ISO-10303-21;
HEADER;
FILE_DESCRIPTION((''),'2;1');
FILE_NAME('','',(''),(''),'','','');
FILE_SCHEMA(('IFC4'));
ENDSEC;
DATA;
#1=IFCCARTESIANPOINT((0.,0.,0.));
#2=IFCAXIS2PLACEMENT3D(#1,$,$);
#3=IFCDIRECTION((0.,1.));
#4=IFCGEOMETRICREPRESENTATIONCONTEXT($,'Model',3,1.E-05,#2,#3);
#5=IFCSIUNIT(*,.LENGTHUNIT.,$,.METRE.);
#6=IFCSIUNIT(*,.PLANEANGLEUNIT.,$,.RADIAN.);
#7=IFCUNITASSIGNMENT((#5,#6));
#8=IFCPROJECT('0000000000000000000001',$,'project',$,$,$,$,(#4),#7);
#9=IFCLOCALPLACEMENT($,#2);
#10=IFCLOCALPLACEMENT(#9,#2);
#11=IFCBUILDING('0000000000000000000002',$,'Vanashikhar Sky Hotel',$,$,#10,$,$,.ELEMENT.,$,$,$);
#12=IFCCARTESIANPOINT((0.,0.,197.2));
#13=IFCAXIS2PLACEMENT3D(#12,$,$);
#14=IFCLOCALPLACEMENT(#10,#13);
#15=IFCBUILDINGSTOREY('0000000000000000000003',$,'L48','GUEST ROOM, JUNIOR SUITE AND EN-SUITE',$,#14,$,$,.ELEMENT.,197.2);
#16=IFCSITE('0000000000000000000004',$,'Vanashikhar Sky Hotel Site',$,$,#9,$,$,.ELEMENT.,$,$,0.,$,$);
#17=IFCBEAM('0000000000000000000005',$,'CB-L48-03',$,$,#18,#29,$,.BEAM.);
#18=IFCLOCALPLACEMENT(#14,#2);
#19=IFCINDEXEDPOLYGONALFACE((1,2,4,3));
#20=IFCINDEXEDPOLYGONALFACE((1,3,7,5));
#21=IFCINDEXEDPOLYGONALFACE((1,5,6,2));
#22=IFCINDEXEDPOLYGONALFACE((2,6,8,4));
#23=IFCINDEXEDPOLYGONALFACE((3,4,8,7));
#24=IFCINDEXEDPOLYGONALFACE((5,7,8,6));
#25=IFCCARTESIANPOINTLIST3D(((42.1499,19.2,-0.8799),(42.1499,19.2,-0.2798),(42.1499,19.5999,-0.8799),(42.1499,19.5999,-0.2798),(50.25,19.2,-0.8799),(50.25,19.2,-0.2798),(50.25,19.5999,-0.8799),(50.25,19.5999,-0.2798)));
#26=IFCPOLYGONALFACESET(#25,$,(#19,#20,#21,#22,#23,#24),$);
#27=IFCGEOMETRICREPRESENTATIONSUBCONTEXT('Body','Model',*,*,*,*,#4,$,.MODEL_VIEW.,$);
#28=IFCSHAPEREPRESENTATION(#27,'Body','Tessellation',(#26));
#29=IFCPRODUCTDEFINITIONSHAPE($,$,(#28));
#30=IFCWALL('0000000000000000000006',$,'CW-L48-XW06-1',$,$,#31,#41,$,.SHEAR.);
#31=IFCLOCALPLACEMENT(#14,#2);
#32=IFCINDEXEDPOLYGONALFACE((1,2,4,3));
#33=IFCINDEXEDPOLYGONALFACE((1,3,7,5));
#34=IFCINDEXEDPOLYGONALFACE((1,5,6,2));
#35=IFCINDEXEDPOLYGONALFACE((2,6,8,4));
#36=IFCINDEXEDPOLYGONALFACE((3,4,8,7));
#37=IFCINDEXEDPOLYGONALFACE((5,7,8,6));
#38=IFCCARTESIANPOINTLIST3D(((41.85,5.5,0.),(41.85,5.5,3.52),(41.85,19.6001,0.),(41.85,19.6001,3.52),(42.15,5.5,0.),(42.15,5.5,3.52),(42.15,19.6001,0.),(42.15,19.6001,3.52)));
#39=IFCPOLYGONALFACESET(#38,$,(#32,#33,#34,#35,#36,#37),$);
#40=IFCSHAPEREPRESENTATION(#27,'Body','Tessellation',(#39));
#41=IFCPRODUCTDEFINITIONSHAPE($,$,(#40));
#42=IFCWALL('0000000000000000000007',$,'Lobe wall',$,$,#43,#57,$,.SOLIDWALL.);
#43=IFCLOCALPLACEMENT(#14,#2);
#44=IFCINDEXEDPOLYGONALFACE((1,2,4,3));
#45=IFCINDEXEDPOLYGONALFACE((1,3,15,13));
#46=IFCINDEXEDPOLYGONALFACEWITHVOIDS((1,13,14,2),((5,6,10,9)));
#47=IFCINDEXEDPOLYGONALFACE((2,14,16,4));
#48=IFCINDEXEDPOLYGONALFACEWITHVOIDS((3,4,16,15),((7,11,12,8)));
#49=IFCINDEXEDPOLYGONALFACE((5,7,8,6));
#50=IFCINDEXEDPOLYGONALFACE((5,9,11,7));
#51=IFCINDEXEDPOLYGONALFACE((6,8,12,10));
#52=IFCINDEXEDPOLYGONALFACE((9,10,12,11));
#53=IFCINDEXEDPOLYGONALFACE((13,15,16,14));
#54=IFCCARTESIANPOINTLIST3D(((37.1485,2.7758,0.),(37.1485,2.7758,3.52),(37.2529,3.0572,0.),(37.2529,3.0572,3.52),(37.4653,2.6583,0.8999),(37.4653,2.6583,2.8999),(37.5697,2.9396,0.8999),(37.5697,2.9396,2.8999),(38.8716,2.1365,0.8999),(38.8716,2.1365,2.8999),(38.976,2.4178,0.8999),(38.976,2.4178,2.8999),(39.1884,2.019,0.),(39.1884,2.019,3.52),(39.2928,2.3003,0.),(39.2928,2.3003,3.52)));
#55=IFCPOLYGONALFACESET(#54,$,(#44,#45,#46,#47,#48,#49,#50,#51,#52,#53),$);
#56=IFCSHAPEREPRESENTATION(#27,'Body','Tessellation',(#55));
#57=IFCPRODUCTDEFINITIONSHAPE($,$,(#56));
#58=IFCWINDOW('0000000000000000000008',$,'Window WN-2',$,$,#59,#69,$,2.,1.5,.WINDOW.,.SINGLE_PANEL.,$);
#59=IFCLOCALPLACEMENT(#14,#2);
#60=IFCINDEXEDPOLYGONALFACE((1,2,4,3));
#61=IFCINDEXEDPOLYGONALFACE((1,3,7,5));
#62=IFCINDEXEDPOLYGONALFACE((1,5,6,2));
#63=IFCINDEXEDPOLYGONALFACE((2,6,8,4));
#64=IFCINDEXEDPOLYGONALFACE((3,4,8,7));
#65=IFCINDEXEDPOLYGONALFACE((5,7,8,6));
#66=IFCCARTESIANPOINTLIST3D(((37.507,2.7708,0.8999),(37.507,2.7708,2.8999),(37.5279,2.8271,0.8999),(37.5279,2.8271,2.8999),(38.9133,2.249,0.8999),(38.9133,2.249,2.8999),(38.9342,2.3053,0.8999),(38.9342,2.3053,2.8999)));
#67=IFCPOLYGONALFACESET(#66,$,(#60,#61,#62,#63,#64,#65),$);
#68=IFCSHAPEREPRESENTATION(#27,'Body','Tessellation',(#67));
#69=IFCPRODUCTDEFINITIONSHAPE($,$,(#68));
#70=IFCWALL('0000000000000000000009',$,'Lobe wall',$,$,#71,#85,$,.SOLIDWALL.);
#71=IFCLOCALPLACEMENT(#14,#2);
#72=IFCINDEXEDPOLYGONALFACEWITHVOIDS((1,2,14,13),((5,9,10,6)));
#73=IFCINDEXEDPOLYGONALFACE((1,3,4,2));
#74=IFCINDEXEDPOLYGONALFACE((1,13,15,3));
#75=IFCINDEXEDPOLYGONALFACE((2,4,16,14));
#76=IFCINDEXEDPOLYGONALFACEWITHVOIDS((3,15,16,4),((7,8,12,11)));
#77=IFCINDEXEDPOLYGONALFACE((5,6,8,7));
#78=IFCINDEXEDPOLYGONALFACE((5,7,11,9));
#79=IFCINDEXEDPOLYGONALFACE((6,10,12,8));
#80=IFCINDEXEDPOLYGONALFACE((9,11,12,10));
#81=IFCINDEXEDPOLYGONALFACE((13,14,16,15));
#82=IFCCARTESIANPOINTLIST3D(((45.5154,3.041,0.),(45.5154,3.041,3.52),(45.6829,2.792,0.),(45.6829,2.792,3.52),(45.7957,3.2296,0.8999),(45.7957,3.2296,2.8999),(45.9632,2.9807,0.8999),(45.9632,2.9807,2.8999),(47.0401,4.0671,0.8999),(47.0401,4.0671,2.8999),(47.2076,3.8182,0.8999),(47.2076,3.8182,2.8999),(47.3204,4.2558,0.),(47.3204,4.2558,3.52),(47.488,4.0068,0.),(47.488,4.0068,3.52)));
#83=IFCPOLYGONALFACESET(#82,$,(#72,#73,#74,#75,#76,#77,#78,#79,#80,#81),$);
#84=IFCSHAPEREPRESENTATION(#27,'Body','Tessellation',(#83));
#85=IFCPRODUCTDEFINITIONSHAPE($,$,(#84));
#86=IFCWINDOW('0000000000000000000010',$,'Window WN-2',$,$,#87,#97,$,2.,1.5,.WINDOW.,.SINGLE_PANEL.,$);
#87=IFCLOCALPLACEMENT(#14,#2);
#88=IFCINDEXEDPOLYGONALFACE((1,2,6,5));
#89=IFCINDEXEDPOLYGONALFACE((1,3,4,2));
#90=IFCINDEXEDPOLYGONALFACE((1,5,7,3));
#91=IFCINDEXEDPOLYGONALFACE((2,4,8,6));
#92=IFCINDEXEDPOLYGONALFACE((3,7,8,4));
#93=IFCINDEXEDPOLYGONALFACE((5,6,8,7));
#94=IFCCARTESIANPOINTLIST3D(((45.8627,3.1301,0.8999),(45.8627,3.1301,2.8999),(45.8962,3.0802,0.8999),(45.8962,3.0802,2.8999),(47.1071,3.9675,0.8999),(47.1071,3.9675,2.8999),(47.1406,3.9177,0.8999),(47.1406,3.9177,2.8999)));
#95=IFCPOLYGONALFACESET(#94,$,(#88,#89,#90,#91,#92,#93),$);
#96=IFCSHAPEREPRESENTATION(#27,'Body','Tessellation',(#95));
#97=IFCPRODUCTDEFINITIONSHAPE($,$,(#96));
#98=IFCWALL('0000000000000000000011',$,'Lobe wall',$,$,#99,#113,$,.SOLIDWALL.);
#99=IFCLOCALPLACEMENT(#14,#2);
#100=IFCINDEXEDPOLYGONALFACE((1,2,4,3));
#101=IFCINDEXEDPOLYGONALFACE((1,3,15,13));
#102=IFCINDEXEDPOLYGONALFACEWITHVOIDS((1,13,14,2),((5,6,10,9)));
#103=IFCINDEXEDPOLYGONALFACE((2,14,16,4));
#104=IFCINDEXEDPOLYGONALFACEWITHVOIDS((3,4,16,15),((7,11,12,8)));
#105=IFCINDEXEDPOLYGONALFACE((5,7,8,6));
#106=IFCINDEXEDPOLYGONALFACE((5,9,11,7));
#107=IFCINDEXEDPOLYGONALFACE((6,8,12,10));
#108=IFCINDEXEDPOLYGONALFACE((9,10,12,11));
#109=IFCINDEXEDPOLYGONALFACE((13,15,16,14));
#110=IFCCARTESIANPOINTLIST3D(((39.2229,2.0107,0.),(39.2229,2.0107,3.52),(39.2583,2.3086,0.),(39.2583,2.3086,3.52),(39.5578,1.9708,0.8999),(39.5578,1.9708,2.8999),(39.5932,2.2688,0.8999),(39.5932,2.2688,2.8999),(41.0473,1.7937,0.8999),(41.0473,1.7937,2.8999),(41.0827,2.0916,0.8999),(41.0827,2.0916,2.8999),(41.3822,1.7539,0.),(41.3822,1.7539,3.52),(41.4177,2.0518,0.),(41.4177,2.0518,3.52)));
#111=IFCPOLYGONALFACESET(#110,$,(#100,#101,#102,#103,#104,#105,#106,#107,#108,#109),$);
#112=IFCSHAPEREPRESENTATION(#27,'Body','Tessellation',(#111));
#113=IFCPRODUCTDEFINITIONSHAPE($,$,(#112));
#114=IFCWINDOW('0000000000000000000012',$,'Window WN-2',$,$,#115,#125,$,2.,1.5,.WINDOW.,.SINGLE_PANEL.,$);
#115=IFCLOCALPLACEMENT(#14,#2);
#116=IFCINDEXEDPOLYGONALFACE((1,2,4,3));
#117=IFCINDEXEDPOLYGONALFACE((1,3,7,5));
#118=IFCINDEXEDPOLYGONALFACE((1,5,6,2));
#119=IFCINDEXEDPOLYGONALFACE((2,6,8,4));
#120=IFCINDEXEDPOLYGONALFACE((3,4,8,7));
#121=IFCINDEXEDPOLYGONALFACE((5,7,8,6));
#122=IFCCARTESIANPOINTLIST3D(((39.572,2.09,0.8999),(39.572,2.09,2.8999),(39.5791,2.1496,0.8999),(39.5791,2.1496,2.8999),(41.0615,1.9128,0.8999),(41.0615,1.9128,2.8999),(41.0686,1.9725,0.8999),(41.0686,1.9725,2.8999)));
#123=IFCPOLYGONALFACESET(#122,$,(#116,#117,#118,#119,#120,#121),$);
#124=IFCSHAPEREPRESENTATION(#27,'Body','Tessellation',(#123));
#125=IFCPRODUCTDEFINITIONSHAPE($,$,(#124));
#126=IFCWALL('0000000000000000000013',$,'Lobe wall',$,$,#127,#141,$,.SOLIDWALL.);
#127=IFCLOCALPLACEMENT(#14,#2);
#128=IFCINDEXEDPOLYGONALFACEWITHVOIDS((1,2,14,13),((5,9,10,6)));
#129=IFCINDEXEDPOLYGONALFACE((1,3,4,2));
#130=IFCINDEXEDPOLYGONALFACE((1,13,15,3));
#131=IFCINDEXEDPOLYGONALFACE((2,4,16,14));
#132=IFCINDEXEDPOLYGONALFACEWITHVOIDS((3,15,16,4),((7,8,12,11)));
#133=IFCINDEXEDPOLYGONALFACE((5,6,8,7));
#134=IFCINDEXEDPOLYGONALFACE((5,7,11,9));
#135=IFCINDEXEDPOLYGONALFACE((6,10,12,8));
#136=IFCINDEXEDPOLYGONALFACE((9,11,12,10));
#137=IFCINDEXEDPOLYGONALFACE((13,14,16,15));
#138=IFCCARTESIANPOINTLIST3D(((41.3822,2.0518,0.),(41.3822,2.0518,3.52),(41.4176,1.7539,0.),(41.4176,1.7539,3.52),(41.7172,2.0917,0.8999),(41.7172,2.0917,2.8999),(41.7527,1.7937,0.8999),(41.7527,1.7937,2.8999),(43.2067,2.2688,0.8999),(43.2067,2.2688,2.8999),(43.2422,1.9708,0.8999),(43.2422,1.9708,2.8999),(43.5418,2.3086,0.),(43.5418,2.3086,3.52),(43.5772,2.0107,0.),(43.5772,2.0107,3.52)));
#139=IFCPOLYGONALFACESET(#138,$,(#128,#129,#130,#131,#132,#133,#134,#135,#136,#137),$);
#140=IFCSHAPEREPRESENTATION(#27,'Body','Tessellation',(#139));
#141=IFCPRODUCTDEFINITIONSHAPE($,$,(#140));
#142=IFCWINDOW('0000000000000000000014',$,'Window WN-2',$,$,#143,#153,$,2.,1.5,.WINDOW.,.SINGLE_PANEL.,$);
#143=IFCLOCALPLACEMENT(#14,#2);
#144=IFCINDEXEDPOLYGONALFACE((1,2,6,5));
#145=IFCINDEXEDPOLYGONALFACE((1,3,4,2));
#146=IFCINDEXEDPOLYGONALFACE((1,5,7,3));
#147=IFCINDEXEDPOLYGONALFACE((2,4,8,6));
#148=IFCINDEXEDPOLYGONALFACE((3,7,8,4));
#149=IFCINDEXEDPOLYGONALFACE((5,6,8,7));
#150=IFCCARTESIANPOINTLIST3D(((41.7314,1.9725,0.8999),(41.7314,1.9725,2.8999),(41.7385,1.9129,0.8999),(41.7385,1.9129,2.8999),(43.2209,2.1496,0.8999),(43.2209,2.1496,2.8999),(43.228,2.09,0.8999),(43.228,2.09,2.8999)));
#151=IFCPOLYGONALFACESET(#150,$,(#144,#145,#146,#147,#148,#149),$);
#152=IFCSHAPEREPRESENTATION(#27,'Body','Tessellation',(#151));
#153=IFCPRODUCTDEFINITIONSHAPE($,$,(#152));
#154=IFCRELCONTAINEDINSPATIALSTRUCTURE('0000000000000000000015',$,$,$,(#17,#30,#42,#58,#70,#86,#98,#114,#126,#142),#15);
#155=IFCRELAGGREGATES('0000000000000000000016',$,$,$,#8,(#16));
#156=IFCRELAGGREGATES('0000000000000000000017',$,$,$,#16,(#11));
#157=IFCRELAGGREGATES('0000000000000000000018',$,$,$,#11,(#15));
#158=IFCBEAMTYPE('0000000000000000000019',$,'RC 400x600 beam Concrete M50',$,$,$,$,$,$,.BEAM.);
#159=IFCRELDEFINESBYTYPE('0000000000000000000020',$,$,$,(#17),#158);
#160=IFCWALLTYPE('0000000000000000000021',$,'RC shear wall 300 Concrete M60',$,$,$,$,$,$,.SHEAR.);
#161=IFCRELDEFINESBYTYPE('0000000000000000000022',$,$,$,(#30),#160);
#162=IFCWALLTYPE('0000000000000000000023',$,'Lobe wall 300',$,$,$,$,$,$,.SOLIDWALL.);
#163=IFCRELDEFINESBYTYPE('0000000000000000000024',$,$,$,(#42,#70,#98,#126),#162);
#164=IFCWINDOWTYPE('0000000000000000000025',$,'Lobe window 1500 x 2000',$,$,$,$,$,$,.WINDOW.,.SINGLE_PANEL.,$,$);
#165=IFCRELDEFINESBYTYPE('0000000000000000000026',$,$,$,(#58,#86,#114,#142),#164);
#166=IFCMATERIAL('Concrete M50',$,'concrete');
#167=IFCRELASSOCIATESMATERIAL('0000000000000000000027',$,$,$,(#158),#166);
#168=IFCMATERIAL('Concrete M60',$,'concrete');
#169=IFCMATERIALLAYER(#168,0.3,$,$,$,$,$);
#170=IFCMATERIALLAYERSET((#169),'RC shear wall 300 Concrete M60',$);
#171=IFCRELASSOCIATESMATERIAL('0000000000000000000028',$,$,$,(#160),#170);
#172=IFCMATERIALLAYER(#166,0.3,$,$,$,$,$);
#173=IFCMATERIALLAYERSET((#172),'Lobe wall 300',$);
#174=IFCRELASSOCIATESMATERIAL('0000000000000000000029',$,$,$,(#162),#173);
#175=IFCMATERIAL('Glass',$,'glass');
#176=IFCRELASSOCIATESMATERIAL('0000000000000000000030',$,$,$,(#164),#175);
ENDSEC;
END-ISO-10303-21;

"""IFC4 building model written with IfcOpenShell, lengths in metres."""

from ifc_helpers import new_model, si_unit, direction, frame, frame_2d, origin, origin_2d, place, context, subcontext, project, spatial, rectangle, extrude, source, transform, mapped, material, layer, layer_set, material_profile, profile_set, type_object, element, fill, save


model = new_model("IFC4")

# Units and contexts
model_context = context("Model", 3, precision=1e-05, world=origin(), true_north=direction((0.0, 1.0)))
body_context = subcontext(model_context, "Body", "Model", "MODEL_VIEW")
ifc_project = project(units=[si_unit("LENGTHUNIT", "METRE"), si_unit("PLANEANGLEUNIT", "RADIAN")], contexts=[model_context])

# Site, building, storey
site_placement = place(None, origin())
site = spatial("IfcSite", under=ifc_project, at=site_placement, Name="Vanashikhar Sky Hotel Site", CompositionType="ELEMENT", RefElevation=0.0)
building_placement = place(site_placement, origin())
building = spatial("IfcBuilding", under=site, at=building_placement, Name="Vanashikhar Sky Hotel", CompositionType="ELEMENT")
storey_placement = place(building_placement, frame((0.0, 0.0, 197.2)))
storey = spatial("IfcBuildingStorey", under=building, at=storey_placement, Name="L48", Description="GUEST ROOM, JUNIOR SUITE AND EN-SUITE", CompositionType="ELEMENT", Elevation=197.2)

# Beam
ifc_material_1 = material(Name="Concrete M50", Category="concrete")
ifc_material_profile_1 = material_profile(ifc_material_1, rectangle(XDim=0.3999, YDim=0.6001, at=origin_2d()))
ifc_profile_set_1 = profile_set([ifc_material_profile_1], Name="RC 400x600 beam Concrete M50")
beam_type = type_object("IfcBeamType", Name="RC 400x600 beam Concrete M50", PredefinedType="BEAM", material=ifc_profile_set_1)
shared_shape_1 = source(origin(), body_context, "Body", "SweptSolid", [
    extrude(rectangle(XDim=0.3999, YDim=0.6001, at=origin_2d()), origin(), (0.0, 0.0, 1.0), 8.1001),
])
beam_placement = place(storey_placement, frame((42.1499, 19.3999, -0.5798), z_axis=(1.0, 0.0, 0.0), x_axis=(0.0, 1.0, 0.0)))
element("IfcBeam", 1, at=beam_placement, inside=storey, type_object=beam_type, Name="CB-L48-03", PredefinedType="BEAM", context=body_context, shape_type="MappedRepresentation", body=[
    mapped(shared_shape_1, transform((0.0, 0.0, 0.0), scale=1.0)),
])

# Wall
ifc_material_2 = material(Name="Concrete M60", Category="concrete")
ifc_layer_1 = layer(ifc_material_2, 0.3)
ifc_layer_set_1 = layer_set([ifc_layer_1], Name="RC shear wall 300 Concrete M60")
wall_type_1 = type_object("IfcWallType", Name="RC shear wall 300 Concrete M60", PredefinedType="SHEAR", material=ifc_layer_set_1)
shared_shape_2 = source(origin(), body_context, "Body", "SweptSolid", [
    extrude(rectangle(XDim=14.1001, YDim=0.3, at=frame_2d((7.05, 0.0))), origin(), (0.0, 0.0, 1.0), 3.52),
])
wall_1_placement = place(storey_placement, frame((42.0, 5.5, 0.0), z_axis=(0.0, 0.0, 1.0), x_axis=(0.0, 1.0, 0.0)))
element("IfcWall", 2, at=wall_1_placement, inside=storey, type_object=wall_type_1, Name="CW-L48-XW06-1", PredefinedType="SHEAR", context=body_context, shape_type="MappedRepresentation", body=[
    mapped(shared_shape_2, transform((0.0, 0.0, 0.0), scale=1.0)),
])

# Walls, openings, windows
ifc_layer_2 = layer(ifc_material_1, 0.3)
ifc_layer_set_2 = layer_set([ifc_layer_2], Name="Lobe wall 300")
wall_type_2 = type_object("IfcWallType", Name="Lobe wall 300", PredefinedType="SOLIDWALL", material=ifc_layer_set_2)
shared_shape_3 = source(origin(), body_context, "Body", "SweptSolid", [
    extrude(rectangle(XDim=2.1758, YDim=0.3, at=frame_2d((1.0879, 0.0))), origin(), (0.0, 0.0, 1.0), 3.52),
])
wall_2_placement = place(storey_placement, frame((37.2007, 2.9165, 0.0), z_axis=(0.0, 0.0, 1.0), x_axis=(0.937546, -0.347863, 0.0)))
wall_2 = element("IfcWall", 3, at=wall_2_placement, inside=storey, type_object=wall_type_2, Name="Lobe wall", PredefinedType="SOLIDWALL", context=body_context, shape_type="MappedRepresentation", body=[
    mapped(shared_shape_3, transform((0.0, 0.0, 0.0), scale=1.0)),
])
shared_shape_4 = source(origin(), body_context, "Body", "SweptSolid", [
    extrude(rectangle(XDim=1.5, YDim=2.0, at=frame_2d((0.75, 1.0))), frame((0.0, 0.1602, 0.0), z_axis=(0.0, -1.0, 0.0), x_axis=(1.0, 0.0, 0.0)), (0.0, 0.0, 1.0), 0.3201),
])
opening_1_placement = place(wall_2_placement, frame((0.3379, 0.0, 0.8999)))
opening_1 = element("IfcOpeningElement", 4, at=opening_1_placement, cuts=wall_2, PredefinedType="OPENING", context=body_context, shape_type="MappedRepresentation", body=[
    mapped(shared_shape_4, transform((0.0, 0.0, 0.0), scale=1.0)),
])
ifc_material_3 = material(Name="Glass", Category="glass")
window_type = type_object("IfcWindowType", Name="Lobe window 1500 x 2000", PartitioningType="SINGLE_PANEL", PredefinedType="WINDOW", material=ifc_material_3)
shared_shape_5 = source(origin(), body_context, "Body", "SweptSolid", [
    extrude(rectangle(XDim=1.5, YDim=2.0, at=frame_2d((0.75, 1.0))), frame((0.0, 0.03, 0.0), z_axis=(0.0, -1.0, 0.0), x_axis=(1.0, 0.0, 0.0)), (0.0, 0.0, 1.0), 0.0601),
])
window_1_placement = place(opening_1_placement, origin())
window_1 = element("IfcWindow", 5, at=window_1_placement, inside=storey, type_object=window_type, Name="Window WN-2", OverallHeight=2.0, OverallWidth=1.5, PartitioningType="SINGLE_PANEL", PredefinedType="WINDOW", context=body_context, shape_type="MappedRepresentation", body=[
    mapped(shared_shape_5, transform((0.0, 0.0, 0.0), scale=1.0)),
])
fill(opening_1, window_1)
wall_3_placement = place(storey_placement, frame((45.5991, 2.9165, 0.0), z_axis=(0.0, 0.0, 1.0), x_axis=(0.829626, 0.55832, 0.0)))
wall_3 = element("IfcWall", 6, at=wall_3_placement, inside=storey, type_object=wall_type_2, Name="Lobe wall", PredefinedType="SOLIDWALL", context=body_context, shape_type="MappedRepresentation", body=[
    mapped(shared_shape_3, transform((0.0, 0.0, 0.0), scale=1.0)),
])
opening_2_placement = place(wall_3_placement, frame((0.3379, 0.0, 0.8999)))
opening_2 = element("IfcOpeningElement", 7, at=opening_2_placement, cuts=wall_3, PredefinedType="OPENING", context=body_context, shape_type="MappedRepresentation", body=[
    mapped(shared_shape_4, transform((0.0, 0.0, 0.0), scale=1.0)),
])
window_2_placement = place(opening_2_placement, origin())
window_2 = element("IfcWindow", 8, at=window_2_placement, inside=storey, type_object=window_type, Name="Window WN-2", OverallHeight=2.0, OverallWidth=1.5, PartitioningType="SINGLE_PANEL", PredefinedType="WINDOW", context=body_context, shape_type="MappedRepresentation", body=[
    mapped(shared_shape_5, transform((0.0, 0.0, 0.0), scale=1.0)),
])
fill(opening_2, window_2)
shared_shape_6 = source(origin(), body_context, "Body", "SweptSolid", [
    extrude(rectangle(XDim=2.1746, YDim=0.3, at=frame_2d((1.0874, 0.0))), origin(), (0.0, 0.0, 1.0), 3.52),
])
wall_4_placement = place(storey_placement, frame((39.2405, 2.1597, 0.0), z_axis=(0.0, 0.0, 1.0), x_axis=(0.993001, -0.118105, 0.0)))
wall_4 = element("IfcWall", 9, at=wall_4_placement, inside=storey, type_object=wall_type_2, Name="Lobe wall", PredefinedType="SOLIDWALL", context=body_context, shape_type="MappedRepresentation", body=[
    mapped(shared_shape_6, transform((0.0, 0.0, 0.0), scale=1.0)),
])
opening_3_placement = place(wall_4_placement, frame((0.3374, 0.0, 0.8999)))
opening_3 = element("IfcOpeningElement", 10, at=opening_3_placement, cuts=wall_4, PredefinedType="OPENING", context=body_context, shape_type="MappedRepresentation", body=[
    mapped(shared_shape_4, transform((0.0, 0.0, 0.0), scale=1.0)),
])
window_3_placement = place(opening_3_placement, origin())
window_3 = element("IfcWindow", 11, at=window_3_placement, inside=storey, type_object=window_type, Name="Window WN-2", OverallHeight=2.0, OverallWidth=1.5, PartitioningType="SINGLE_PANEL", PredefinedType="WINDOW", context=body_context, shape_type="MappedRepresentation", body=[
    mapped(shared_shape_5, transform((0.0, 0.0, 0.0), scale=1.0)),
])
fill(opening_3, window_3)
shared_shape_7 = source(origin(), body_context, "Body", "SweptSolid", [
    extrude(rectangle(XDim=2.1748, YDim=0.3, at=frame_2d((1.0874, 0.0))), origin(), (0.0, 0.0, 1.0), 3.52),
])
wall_5_placement = place(storey_placement, frame((41.3999, 1.9028, 0.0), z_axis=(0.0, 0.0, 1.0), x_axis=(0.993003, 0.118092, 0.0)))
wall_5 = element("IfcWall", 12, at=wall_5_placement, inside=storey, type_object=wall_type_2, Name="Lobe wall", PredefinedType="SOLIDWALL", context=body_context, shape_type="MappedRepresentation", body=[
    mapped(shared_shape_7, transform((0.0, 0.0, 0.0), scale=1.0)),
])
opening_4_placement = place(wall_5_placement, frame((0.3374, 0.0, 0.8999)))
opening_4 = element("IfcOpeningElement", 13, at=opening_4_placement, cuts=wall_5, PredefinedType="OPENING", context=body_context, shape_type="MappedRepresentation", body=[
    mapped(shared_shape_4, transform((0.0, 0.0, 0.0), scale=1.0)),
])
window_4_placement = place(opening_4_placement, origin())
window_4 = element("IfcWindow", 14, at=window_4_placement, inside=storey, type_object=window_type, Name="Window WN-2", OverallHeight=2.0, OverallWidth=1.5, PartitioningType="SINGLE_PANEL", PredefinedType="WINDOW", context=body_context, shape_type="MappedRepresentation", body=[
    mapped(shared_shape_5, transform((0.0, 0.0, 0.0), scale=1.0)),
])
fill(opening_4, window_4)

save(model, "model.ifc")
